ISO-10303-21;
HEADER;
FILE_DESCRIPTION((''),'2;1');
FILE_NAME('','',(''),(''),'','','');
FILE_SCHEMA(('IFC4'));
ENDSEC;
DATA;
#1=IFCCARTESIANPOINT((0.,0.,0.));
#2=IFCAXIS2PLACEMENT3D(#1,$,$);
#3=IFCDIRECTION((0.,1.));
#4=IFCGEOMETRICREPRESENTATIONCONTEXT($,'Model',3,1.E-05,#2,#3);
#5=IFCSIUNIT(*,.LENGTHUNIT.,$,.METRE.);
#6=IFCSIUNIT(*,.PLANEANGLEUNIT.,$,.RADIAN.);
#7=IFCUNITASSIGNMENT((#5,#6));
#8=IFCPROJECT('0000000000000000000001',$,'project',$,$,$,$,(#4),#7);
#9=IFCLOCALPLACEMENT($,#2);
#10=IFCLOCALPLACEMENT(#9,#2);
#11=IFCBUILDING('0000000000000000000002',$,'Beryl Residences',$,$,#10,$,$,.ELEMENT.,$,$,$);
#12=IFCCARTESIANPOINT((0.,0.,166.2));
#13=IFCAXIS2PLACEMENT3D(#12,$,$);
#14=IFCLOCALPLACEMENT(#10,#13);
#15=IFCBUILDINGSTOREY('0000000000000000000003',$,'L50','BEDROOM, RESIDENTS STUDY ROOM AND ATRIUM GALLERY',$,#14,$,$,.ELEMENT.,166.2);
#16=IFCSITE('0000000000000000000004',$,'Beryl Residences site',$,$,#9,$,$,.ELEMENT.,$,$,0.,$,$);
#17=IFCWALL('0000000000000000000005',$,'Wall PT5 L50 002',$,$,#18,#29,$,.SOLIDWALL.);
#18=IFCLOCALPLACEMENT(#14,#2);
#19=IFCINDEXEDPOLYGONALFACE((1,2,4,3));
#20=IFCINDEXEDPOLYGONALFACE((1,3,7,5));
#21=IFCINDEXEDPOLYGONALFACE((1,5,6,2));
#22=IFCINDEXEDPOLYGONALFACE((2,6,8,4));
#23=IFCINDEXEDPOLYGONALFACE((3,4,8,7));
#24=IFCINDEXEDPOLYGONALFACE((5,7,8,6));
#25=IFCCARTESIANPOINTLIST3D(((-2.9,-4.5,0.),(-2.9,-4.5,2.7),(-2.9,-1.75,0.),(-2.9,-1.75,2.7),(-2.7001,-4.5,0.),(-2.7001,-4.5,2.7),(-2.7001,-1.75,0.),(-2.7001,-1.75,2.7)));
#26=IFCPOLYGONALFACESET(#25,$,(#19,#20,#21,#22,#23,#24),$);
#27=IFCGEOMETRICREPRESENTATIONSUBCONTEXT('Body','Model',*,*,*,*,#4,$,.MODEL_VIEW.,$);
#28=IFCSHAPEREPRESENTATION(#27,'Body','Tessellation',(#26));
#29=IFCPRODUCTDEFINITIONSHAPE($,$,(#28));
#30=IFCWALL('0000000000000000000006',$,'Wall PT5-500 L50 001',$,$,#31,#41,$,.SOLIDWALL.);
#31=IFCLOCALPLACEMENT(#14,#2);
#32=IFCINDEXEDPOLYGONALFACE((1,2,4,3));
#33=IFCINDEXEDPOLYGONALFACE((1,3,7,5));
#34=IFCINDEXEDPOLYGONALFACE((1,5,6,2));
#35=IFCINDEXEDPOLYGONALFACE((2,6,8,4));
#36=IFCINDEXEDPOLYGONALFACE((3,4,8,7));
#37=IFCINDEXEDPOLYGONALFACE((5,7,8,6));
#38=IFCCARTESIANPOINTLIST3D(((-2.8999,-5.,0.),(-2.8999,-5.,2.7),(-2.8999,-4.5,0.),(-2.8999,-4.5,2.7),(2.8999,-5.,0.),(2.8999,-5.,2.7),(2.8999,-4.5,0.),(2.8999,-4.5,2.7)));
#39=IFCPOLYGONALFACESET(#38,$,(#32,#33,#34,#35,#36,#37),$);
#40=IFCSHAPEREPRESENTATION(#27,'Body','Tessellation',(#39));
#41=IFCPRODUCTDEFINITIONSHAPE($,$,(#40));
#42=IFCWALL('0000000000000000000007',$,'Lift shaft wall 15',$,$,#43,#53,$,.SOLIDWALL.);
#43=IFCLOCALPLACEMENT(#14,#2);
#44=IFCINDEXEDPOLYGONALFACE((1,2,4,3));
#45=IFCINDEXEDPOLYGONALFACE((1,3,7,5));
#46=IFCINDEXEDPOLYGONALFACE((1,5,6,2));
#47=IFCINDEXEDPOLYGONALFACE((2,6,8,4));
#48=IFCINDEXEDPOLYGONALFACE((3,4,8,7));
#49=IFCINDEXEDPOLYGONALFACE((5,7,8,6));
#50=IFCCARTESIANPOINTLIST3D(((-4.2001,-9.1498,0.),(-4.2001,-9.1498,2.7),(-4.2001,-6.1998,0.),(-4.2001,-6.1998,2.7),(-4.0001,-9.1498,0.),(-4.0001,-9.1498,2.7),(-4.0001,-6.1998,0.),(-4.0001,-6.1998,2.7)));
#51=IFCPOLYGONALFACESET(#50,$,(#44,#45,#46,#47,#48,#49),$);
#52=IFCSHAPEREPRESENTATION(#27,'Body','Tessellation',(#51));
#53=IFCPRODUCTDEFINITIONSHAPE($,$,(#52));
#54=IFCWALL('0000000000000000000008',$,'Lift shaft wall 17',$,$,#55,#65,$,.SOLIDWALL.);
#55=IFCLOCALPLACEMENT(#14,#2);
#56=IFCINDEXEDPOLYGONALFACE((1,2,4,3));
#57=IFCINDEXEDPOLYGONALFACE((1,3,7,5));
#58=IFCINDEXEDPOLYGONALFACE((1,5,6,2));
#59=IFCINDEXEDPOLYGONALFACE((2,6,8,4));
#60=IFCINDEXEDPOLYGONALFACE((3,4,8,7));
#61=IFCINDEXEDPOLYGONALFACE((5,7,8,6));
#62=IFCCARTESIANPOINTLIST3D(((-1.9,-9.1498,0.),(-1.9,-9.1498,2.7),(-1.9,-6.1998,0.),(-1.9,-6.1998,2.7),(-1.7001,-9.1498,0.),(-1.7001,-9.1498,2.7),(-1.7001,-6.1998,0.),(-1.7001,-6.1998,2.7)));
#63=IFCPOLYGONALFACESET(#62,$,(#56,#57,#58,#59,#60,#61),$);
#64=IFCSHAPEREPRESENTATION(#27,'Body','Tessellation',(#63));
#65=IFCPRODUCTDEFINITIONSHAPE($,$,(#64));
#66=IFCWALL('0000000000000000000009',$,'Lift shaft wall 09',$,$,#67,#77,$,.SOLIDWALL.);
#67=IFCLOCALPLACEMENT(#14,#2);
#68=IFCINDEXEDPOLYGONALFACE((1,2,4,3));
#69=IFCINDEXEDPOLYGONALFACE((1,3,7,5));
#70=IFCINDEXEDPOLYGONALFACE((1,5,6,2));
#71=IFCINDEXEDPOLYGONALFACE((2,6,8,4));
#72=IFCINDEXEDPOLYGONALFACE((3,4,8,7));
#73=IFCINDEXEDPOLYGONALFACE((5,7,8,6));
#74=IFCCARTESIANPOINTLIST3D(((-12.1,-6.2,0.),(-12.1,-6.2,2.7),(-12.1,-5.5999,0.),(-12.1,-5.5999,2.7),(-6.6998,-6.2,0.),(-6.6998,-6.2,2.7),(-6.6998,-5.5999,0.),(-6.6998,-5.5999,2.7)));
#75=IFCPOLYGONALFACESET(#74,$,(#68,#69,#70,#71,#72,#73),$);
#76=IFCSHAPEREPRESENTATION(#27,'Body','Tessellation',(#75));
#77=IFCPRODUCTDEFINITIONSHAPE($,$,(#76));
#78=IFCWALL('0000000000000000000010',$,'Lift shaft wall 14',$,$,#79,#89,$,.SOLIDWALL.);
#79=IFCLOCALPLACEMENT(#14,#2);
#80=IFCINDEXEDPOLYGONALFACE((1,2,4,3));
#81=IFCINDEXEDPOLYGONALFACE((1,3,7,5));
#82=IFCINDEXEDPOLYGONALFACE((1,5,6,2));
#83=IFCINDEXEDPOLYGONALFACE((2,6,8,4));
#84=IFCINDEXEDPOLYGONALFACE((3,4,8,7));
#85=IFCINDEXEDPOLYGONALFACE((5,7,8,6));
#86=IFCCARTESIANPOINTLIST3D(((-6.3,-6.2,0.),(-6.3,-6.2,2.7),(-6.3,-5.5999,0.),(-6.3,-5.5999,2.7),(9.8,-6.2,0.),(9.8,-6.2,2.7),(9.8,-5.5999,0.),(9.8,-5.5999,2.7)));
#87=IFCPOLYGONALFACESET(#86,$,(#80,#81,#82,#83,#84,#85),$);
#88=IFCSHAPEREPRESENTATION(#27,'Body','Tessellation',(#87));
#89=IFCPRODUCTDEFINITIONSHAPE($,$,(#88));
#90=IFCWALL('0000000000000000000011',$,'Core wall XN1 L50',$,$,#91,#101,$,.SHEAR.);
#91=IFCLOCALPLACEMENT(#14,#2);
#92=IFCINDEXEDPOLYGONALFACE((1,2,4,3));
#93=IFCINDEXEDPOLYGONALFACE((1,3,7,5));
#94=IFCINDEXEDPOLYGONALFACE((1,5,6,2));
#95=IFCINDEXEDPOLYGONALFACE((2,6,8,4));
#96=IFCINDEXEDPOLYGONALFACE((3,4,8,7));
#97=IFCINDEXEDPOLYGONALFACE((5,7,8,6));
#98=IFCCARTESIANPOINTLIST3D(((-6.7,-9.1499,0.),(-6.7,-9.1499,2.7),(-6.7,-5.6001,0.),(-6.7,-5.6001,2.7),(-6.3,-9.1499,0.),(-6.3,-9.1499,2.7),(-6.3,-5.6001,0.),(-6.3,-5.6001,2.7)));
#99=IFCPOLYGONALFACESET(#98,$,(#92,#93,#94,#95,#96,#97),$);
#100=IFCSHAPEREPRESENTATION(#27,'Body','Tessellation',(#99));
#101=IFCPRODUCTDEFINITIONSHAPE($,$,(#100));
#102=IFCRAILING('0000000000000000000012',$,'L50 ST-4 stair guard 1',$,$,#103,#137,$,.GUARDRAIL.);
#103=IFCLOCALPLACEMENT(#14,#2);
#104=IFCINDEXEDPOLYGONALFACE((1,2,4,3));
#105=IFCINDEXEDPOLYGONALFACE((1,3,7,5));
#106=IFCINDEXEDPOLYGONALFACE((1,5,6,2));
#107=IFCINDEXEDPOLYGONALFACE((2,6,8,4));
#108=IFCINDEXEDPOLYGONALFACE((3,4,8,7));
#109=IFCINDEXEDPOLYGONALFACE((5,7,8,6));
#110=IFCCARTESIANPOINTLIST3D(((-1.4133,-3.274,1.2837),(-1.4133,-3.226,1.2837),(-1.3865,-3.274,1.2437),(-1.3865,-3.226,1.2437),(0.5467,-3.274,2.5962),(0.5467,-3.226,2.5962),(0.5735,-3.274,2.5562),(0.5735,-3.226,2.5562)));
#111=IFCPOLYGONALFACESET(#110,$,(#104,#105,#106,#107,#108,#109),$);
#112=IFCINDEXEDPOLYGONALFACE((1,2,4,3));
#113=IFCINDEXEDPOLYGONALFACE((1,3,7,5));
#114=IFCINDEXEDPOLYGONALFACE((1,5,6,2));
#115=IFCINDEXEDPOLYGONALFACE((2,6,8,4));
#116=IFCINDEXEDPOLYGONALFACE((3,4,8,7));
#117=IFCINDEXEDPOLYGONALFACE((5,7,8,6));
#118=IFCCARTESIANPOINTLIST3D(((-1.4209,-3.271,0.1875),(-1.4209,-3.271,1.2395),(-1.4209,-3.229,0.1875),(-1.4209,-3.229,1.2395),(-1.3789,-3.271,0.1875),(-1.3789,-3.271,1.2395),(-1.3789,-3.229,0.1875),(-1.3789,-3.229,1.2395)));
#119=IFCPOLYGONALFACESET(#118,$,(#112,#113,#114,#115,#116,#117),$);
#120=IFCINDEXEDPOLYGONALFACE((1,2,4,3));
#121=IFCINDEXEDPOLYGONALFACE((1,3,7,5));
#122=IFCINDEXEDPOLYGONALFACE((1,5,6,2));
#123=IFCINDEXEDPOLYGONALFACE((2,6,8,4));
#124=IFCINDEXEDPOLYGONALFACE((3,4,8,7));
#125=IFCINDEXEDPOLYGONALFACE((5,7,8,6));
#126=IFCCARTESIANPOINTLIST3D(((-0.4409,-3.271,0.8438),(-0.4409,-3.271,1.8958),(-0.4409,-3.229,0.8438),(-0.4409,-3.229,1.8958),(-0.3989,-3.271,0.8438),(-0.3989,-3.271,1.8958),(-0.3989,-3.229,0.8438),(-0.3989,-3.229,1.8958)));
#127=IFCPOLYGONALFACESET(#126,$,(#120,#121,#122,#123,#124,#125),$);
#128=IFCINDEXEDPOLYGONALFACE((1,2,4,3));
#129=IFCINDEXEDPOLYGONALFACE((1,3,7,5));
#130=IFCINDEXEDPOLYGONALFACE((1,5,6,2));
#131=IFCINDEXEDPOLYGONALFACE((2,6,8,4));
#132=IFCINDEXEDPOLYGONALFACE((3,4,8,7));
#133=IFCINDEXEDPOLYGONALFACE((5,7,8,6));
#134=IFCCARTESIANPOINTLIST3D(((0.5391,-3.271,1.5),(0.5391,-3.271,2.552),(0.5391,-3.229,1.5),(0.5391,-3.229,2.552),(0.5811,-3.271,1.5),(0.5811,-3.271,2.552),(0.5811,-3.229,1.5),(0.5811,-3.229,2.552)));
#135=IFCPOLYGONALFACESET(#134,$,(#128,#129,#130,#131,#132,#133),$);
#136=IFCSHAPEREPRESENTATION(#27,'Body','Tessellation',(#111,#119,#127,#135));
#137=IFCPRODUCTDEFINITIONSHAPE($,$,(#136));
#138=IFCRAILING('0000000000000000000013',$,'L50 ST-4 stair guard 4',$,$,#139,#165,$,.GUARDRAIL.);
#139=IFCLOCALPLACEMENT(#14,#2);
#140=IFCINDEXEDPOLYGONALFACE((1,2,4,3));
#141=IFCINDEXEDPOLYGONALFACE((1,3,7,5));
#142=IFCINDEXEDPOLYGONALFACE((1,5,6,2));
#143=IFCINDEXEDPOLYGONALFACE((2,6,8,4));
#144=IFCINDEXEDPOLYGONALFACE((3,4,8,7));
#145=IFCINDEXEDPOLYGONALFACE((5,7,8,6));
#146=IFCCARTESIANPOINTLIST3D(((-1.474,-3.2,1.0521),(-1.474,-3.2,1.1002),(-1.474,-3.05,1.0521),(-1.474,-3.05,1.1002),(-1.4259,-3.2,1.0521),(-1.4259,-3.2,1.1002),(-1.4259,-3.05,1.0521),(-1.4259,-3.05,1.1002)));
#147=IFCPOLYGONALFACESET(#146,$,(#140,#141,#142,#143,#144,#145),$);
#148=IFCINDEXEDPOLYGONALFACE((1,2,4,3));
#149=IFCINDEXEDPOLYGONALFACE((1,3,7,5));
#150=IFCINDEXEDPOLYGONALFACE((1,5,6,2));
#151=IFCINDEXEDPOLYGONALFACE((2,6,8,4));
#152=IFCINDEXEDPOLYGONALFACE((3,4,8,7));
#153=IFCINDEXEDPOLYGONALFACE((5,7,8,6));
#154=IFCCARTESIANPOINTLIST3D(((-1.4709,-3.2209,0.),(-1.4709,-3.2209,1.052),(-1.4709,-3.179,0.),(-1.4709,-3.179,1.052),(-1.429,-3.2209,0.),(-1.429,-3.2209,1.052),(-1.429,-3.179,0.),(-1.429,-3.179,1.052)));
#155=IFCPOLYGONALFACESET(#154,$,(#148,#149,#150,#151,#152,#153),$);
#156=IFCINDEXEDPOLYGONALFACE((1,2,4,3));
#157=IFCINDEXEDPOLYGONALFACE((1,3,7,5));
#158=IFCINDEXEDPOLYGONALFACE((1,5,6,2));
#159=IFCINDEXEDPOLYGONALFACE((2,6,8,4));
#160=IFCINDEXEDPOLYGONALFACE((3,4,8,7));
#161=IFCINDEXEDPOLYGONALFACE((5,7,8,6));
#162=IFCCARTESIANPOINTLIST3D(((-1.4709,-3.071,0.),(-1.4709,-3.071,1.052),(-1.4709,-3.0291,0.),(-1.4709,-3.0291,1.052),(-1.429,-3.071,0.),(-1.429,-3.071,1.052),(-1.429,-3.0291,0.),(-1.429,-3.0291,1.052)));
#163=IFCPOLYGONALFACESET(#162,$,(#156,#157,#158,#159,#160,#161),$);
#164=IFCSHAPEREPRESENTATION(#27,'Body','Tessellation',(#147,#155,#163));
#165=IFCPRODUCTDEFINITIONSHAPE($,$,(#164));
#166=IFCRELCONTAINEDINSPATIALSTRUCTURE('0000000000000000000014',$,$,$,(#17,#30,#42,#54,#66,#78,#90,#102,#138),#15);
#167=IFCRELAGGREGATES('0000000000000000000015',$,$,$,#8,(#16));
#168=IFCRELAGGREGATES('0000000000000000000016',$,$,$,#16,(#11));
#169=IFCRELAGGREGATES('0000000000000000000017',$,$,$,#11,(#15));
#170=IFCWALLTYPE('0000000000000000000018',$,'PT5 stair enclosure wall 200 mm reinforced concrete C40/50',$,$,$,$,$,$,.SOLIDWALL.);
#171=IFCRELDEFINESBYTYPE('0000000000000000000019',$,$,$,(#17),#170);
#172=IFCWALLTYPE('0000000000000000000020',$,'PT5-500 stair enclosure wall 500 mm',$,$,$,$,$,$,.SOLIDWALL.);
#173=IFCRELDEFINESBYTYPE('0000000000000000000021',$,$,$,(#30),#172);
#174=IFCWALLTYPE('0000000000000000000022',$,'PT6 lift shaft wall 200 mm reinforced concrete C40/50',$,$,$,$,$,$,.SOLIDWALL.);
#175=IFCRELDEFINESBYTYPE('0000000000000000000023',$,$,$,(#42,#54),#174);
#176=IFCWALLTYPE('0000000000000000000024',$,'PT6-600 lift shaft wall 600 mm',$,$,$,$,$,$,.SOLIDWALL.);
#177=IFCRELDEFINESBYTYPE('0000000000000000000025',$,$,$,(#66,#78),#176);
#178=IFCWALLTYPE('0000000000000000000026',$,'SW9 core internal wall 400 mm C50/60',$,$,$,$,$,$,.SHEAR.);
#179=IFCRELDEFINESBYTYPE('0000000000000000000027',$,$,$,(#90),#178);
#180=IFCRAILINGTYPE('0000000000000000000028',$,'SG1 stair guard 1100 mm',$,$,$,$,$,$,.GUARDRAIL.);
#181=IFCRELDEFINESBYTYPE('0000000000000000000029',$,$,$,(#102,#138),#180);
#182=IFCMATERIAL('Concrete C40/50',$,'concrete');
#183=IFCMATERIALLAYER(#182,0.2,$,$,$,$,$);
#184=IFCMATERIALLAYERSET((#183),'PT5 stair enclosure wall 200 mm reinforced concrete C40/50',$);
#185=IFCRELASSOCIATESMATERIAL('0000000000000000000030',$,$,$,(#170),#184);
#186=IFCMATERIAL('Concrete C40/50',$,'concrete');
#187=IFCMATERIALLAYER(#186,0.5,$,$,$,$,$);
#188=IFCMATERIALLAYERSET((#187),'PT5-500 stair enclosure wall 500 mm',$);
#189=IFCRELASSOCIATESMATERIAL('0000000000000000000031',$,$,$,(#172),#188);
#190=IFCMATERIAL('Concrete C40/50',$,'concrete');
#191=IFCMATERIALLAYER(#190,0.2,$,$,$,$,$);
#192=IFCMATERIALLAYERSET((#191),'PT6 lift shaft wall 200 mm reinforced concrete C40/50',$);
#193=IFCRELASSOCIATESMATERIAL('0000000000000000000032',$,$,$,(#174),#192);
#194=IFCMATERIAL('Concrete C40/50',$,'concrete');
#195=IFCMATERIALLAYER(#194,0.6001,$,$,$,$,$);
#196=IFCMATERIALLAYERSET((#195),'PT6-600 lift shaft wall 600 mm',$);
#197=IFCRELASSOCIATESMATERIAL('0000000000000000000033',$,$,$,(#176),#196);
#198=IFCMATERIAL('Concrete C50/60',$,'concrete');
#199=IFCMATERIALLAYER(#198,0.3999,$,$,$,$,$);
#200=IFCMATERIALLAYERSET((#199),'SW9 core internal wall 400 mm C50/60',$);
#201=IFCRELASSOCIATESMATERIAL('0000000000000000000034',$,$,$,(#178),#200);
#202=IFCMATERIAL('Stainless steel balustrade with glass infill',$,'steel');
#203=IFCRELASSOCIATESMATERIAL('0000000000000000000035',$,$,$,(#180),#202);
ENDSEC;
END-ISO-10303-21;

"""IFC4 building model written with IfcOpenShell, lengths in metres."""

from ifc_helpers import new_model, si_unit, direction, frame, frame_2d, origin, origin_2d, place, context, subcontext, project, spatial, rectangle, extrude, material, layer, layer_set, type_object, element, save


model = new_model("IFC4")

# Units and contexts
model_context = context("Model", 3, precision=1e-05, world=origin(), true_north=direction((0.0, 1.0)))
body_context = subcontext(model_context, "Body", "Model", "MODEL_VIEW")
ifc_project = project(units=[si_unit("LENGTHUNIT", "METRE"), si_unit("PLANEANGLEUNIT", "RADIAN")], contexts=[model_context])

# Site, building, storey
site_placement = place(None, origin())
site = spatial("IfcSite", under=ifc_project, at=site_placement, Name="Beryl Residences site", CompositionType="ELEMENT", RefElevation=0.0)
building_placement = place(site_placement, origin())
building = spatial("IfcBuilding", under=site, at=building_placement, Name="Beryl Residences", CompositionType="ELEMENT")
storey_placement = place(building_placement, frame((0.0, 0.0, 166.2)))
storey = spatial("IfcBuildingStorey", under=building, at=storey_placement, Name="L50", Description="BEDROOM, RESIDENTS STUDY ROOM AND ATRIUM GALLERY", CompositionType="ELEMENT", Elevation=166.2)

# Walls
ifc_material_1 = material(Name="Concrete C40/50", Category="concrete")
ifc_layer_1 = layer(ifc_material_1, 0.2)
ifc_layer_set_1 = layer_set([ifc_layer_1], Name="PT5 stair enclosure wall 200 mm reinforced concrete C40/50")
wall_type_1 = type_object("IfcWallType", Name="PT5 stair enclosure wall 200 mm reinforced concrete C40/50", PredefinedType="SOLIDWALL", material=ifc_layer_set_1)
wall_1_placement = place(storey_placement, frame((-2.8, -4.5, 0.0), z_axis=(0.0, 0.0, 1.0), x_axis=(0.0, 1.0, 0.0)))
element("IfcWall", 1, at=wall_1_placement, inside=storey, type_object=wall_type_1, Name="Wall PT5 L50 002", PredefinedType="SOLIDWALL", context=body_context, shape_type="SweptSolid", body=[
    extrude(rectangle(XDim=2.75, YDim=0.2, at=frame_2d((1.375, 0.0))), origin(), (0.0, 0.0, 1.0), 2.7),
])
ifc_material_2 = material(Name="Concrete C40/50", Category="concrete")
ifc_layer_2 = layer(ifc_material_2, 0.5)
ifc_layer_set_2 = layer_set([ifc_layer_2], Name="PT5-500 stair enclosure wall 500 mm")
wall_type_2 = type_object("IfcWallType", Name="PT5-500 stair enclosure wall 500 mm", PredefinedType="SOLIDWALL", material=ifc_layer_set_2)
wall_2_placement = place(storey_placement, frame((-2.8999, -4.75, 0.0), z_axis=(0.0, 0.0, 1.0), x_axis=(1.0, 0.0, 0.0)))
element("IfcWall", 2, at=wall_2_placement, inside=storey, type_object=wall_type_2, Name="Wall PT5-500 L50 001", PredefinedType="SOLIDWALL", context=body_context, shape_type="SweptSolid", body=[
    extrude(rectangle(XDim=5.7998, YDim=0.5, at=frame_2d((2.8999, 0.0))), origin(), (0.0, 0.0, 1.0), 2.7),
])
ifc_material_3 = material(Name="Concrete C40/50", Category="concrete")
ifc_layer_3 = layer(ifc_material_3, 0.2)
ifc_layer_set_3 = layer_set([ifc_layer_3], Name="PT6 lift shaft wall 200 mm reinforced concrete C40/50")
wall_type_3 = type_object("IfcWallType", Name="PT6 lift shaft wall 200 mm reinforced concrete C40/50", PredefinedType="SOLIDWALL", material=ifc_layer_set_3)
for number, where, z_axis, x_axis, name in (
    (3, (-4.1001, -9.1499, 0.0), (0.0, 0.0, 1.0), (0.0, 1.0, 0.0), "Lift shaft wall 15"),
    (4, (-1.8, -9.1499, 0.0), (0.0, 0.0, 1.0), (0.0, 1.0, 0.0), "Lift shaft wall 17"),
):
    element("IfcWall", number, at=place(storey_placement, frame(where, z_axis=z_axis, x_axis=x_axis)), inside=storey, type_object=wall_type_3, Name=name, PredefinedType="SOLIDWALL", context=body_context, shape_type="SweptSolid", body=[
        extrude(rectangle(XDim=2.95, YDim=0.2, at=frame_2d((1.4751, 0.0))), origin(), (0.0, 0.0, 1.0), 2.7),
    ])
ifc_material_4 = material(Name="Concrete C40/50", Category="concrete")
ifc_layer_4 = layer(ifc_material_4, 0.6001)
ifc_layer_set_4 = layer_set([ifc_layer_4], Name="PT6-600 lift shaft wall 600 mm")
wall_type_4 = type_object("IfcWallType", Name="PT6-600 lift shaft wall 600 mm", PredefinedType="SOLIDWALL", material=ifc_layer_set_4)
wall_3_placement = place(storey_placement, frame((-12.1001, -5.8999, 0.0), z_axis=(0.0, 0.0, 1.0), x_axis=(1.0, 0.0, 0.0)))
element("IfcWall", 5, at=wall_3_placement, inside=storey, type_object=wall_type_4, Name="Lift shaft wall 09", PredefinedType="SOLIDWALL", context=body_context, shape_type="SweptSolid", body=[
    extrude(rectangle(XDim=5.4001, YDim=0.6001, at=frame_2d((2.7002, 0.0))), origin(), (0.0, 0.0, 1.0), 2.7),
])
wall_4_placement = place(storey_placement, frame((-6.3, -5.8999, 0.0), z_axis=(0.0, 0.0, 1.0), x_axis=(1.0, 0.0, 0.0)))
element("IfcWall", 6, at=wall_4_placement, inside=storey, type_object=wall_type_4, Name="Lift shaft wall 14", PredefinedType="SOLIDWALL", context=body_context, shape_type="SweptSolid", body=[
    extrude(rectangle(XDim=16.1001, YDim=0.6001, at=frame_2d((8.05, 0.0))), origin(), (0.0, 0.0, 1.0), 2.7),
])
ifc_material_5 = material(Name="Concrete C50/60", Category="concrete")
ifc_layer_5 = layer(ifc_material_5, 0.3999)
ifc_layer_set_5 = layer_set([ifc_layer_5], Name="SW9 core internal wall 400 mm C50/60")
wall_type_5 = type_object("IfcWallType", Name="SW9 core internal wall 400 mm C50/60", PredefinedType="SHEAR", material=ifc_layer_set_5)
wall_5_placement = place(storey_placement, frame((-6.5, -9.1499, 0.0), z_axis=(0.0, 0.0, 1.0), x_axis=(0.0, 1.0, 0.0)))
element("IfcWall", 7, at=wall_5_placement, inside=storey, type_object=wall_type_5, Name="Core wall XN1 L50", PredefinedType="SHEAR", context=body_context, shape_type="SweptSolid", body=[
    extrude(rectangle(XDim=3.5498, YDim=0.3999, at=frame_2d((1.7749, 0.0))), origin(), (0.0, 0.0, 1.0), 2.7),
])

# Railings
ifc_material_6 = material(Name="Stainless steel balustrade with glass infill", Category="steel")
railing_type_1 = type_object("IfcRailingType", Name="SG1 stair guard 1100 mm", PredefinedType="GUARDRAIL", material=ifc_material_6)
railing_1_placement = place(storey_placement, frame((-1.3999, -3.25, 0.1875)))
element("IfcRailing", 8, at=railing_1_placement, inside=storey, type_object=railing_type_1, Name="L50 ST-4 stair guard 1", PredefinedType="GUARDRAIL", context=body_context, shape_type="SweptSolid", body=[
    extrude(rectangle(XDim=0.0481, YDim=0.0481, at=origin_2d()), frame((0.0, 0.0, 1.0762), z_axis=(0.830902, 0.0, 0.556419), x_axis=(0.0, 1.0, 0.0)), (0.0, 0.0, 1.0), 2.3589),
    extrude(rectangle(XDim=0.042, YDim=0.042, at=origin_2d()), origin(), (0.0, 0.0, 1.0), 1.052),
    extrude(rectangle(XDim=0.042, YDim=0.042, at=origin_2d()), frame((0.98, 0.0, 0.6562)), (0.0, 0.0, 1.0), 1.052),
    extrude(rectangle(XDim=0.042, YDim=0.042, at=origin_2d()), frame((1.96, 0.0, 1.3125)), (0.0, 0.0, 1.0), 1.052),
])
railing_2_placement = place(storey_placement, frame((-1.45, -3.2, 0.0)))
element("IfcRailing", 9, at=railing_2_placement, inside=storey, type_object=railing_type_1, Name="L50 ST-4 stair guard 4", PredefinedType="GUARDRAIL", context=body_context, shape_type="SweptSolid", body=[
    extrude(rectangle(XDim=0.0481, YDim=0.0481, at=origin_2d()), frame((0.0, 0.0, 1.0762), z_axis=(0.0, 1.0, 0.0), x_axis=(-1.0, 0.0, 0.0)), (0.0, 0.0, 1.0), 0.1499),
    extrude(rectangle(XDim=0.042, YDim=0.042, at=origin_2d()), origin(), (0.0, 0.0, 1.0), 1.052),
    extrude(rectangle(XDim=0.042, YDim=0.042, at=origin_2d()), frame((0.0, 0.1499, 0.0)), (0.0, 0.0, 1.0), 1.052),
])

save(model, "model.ifc")
